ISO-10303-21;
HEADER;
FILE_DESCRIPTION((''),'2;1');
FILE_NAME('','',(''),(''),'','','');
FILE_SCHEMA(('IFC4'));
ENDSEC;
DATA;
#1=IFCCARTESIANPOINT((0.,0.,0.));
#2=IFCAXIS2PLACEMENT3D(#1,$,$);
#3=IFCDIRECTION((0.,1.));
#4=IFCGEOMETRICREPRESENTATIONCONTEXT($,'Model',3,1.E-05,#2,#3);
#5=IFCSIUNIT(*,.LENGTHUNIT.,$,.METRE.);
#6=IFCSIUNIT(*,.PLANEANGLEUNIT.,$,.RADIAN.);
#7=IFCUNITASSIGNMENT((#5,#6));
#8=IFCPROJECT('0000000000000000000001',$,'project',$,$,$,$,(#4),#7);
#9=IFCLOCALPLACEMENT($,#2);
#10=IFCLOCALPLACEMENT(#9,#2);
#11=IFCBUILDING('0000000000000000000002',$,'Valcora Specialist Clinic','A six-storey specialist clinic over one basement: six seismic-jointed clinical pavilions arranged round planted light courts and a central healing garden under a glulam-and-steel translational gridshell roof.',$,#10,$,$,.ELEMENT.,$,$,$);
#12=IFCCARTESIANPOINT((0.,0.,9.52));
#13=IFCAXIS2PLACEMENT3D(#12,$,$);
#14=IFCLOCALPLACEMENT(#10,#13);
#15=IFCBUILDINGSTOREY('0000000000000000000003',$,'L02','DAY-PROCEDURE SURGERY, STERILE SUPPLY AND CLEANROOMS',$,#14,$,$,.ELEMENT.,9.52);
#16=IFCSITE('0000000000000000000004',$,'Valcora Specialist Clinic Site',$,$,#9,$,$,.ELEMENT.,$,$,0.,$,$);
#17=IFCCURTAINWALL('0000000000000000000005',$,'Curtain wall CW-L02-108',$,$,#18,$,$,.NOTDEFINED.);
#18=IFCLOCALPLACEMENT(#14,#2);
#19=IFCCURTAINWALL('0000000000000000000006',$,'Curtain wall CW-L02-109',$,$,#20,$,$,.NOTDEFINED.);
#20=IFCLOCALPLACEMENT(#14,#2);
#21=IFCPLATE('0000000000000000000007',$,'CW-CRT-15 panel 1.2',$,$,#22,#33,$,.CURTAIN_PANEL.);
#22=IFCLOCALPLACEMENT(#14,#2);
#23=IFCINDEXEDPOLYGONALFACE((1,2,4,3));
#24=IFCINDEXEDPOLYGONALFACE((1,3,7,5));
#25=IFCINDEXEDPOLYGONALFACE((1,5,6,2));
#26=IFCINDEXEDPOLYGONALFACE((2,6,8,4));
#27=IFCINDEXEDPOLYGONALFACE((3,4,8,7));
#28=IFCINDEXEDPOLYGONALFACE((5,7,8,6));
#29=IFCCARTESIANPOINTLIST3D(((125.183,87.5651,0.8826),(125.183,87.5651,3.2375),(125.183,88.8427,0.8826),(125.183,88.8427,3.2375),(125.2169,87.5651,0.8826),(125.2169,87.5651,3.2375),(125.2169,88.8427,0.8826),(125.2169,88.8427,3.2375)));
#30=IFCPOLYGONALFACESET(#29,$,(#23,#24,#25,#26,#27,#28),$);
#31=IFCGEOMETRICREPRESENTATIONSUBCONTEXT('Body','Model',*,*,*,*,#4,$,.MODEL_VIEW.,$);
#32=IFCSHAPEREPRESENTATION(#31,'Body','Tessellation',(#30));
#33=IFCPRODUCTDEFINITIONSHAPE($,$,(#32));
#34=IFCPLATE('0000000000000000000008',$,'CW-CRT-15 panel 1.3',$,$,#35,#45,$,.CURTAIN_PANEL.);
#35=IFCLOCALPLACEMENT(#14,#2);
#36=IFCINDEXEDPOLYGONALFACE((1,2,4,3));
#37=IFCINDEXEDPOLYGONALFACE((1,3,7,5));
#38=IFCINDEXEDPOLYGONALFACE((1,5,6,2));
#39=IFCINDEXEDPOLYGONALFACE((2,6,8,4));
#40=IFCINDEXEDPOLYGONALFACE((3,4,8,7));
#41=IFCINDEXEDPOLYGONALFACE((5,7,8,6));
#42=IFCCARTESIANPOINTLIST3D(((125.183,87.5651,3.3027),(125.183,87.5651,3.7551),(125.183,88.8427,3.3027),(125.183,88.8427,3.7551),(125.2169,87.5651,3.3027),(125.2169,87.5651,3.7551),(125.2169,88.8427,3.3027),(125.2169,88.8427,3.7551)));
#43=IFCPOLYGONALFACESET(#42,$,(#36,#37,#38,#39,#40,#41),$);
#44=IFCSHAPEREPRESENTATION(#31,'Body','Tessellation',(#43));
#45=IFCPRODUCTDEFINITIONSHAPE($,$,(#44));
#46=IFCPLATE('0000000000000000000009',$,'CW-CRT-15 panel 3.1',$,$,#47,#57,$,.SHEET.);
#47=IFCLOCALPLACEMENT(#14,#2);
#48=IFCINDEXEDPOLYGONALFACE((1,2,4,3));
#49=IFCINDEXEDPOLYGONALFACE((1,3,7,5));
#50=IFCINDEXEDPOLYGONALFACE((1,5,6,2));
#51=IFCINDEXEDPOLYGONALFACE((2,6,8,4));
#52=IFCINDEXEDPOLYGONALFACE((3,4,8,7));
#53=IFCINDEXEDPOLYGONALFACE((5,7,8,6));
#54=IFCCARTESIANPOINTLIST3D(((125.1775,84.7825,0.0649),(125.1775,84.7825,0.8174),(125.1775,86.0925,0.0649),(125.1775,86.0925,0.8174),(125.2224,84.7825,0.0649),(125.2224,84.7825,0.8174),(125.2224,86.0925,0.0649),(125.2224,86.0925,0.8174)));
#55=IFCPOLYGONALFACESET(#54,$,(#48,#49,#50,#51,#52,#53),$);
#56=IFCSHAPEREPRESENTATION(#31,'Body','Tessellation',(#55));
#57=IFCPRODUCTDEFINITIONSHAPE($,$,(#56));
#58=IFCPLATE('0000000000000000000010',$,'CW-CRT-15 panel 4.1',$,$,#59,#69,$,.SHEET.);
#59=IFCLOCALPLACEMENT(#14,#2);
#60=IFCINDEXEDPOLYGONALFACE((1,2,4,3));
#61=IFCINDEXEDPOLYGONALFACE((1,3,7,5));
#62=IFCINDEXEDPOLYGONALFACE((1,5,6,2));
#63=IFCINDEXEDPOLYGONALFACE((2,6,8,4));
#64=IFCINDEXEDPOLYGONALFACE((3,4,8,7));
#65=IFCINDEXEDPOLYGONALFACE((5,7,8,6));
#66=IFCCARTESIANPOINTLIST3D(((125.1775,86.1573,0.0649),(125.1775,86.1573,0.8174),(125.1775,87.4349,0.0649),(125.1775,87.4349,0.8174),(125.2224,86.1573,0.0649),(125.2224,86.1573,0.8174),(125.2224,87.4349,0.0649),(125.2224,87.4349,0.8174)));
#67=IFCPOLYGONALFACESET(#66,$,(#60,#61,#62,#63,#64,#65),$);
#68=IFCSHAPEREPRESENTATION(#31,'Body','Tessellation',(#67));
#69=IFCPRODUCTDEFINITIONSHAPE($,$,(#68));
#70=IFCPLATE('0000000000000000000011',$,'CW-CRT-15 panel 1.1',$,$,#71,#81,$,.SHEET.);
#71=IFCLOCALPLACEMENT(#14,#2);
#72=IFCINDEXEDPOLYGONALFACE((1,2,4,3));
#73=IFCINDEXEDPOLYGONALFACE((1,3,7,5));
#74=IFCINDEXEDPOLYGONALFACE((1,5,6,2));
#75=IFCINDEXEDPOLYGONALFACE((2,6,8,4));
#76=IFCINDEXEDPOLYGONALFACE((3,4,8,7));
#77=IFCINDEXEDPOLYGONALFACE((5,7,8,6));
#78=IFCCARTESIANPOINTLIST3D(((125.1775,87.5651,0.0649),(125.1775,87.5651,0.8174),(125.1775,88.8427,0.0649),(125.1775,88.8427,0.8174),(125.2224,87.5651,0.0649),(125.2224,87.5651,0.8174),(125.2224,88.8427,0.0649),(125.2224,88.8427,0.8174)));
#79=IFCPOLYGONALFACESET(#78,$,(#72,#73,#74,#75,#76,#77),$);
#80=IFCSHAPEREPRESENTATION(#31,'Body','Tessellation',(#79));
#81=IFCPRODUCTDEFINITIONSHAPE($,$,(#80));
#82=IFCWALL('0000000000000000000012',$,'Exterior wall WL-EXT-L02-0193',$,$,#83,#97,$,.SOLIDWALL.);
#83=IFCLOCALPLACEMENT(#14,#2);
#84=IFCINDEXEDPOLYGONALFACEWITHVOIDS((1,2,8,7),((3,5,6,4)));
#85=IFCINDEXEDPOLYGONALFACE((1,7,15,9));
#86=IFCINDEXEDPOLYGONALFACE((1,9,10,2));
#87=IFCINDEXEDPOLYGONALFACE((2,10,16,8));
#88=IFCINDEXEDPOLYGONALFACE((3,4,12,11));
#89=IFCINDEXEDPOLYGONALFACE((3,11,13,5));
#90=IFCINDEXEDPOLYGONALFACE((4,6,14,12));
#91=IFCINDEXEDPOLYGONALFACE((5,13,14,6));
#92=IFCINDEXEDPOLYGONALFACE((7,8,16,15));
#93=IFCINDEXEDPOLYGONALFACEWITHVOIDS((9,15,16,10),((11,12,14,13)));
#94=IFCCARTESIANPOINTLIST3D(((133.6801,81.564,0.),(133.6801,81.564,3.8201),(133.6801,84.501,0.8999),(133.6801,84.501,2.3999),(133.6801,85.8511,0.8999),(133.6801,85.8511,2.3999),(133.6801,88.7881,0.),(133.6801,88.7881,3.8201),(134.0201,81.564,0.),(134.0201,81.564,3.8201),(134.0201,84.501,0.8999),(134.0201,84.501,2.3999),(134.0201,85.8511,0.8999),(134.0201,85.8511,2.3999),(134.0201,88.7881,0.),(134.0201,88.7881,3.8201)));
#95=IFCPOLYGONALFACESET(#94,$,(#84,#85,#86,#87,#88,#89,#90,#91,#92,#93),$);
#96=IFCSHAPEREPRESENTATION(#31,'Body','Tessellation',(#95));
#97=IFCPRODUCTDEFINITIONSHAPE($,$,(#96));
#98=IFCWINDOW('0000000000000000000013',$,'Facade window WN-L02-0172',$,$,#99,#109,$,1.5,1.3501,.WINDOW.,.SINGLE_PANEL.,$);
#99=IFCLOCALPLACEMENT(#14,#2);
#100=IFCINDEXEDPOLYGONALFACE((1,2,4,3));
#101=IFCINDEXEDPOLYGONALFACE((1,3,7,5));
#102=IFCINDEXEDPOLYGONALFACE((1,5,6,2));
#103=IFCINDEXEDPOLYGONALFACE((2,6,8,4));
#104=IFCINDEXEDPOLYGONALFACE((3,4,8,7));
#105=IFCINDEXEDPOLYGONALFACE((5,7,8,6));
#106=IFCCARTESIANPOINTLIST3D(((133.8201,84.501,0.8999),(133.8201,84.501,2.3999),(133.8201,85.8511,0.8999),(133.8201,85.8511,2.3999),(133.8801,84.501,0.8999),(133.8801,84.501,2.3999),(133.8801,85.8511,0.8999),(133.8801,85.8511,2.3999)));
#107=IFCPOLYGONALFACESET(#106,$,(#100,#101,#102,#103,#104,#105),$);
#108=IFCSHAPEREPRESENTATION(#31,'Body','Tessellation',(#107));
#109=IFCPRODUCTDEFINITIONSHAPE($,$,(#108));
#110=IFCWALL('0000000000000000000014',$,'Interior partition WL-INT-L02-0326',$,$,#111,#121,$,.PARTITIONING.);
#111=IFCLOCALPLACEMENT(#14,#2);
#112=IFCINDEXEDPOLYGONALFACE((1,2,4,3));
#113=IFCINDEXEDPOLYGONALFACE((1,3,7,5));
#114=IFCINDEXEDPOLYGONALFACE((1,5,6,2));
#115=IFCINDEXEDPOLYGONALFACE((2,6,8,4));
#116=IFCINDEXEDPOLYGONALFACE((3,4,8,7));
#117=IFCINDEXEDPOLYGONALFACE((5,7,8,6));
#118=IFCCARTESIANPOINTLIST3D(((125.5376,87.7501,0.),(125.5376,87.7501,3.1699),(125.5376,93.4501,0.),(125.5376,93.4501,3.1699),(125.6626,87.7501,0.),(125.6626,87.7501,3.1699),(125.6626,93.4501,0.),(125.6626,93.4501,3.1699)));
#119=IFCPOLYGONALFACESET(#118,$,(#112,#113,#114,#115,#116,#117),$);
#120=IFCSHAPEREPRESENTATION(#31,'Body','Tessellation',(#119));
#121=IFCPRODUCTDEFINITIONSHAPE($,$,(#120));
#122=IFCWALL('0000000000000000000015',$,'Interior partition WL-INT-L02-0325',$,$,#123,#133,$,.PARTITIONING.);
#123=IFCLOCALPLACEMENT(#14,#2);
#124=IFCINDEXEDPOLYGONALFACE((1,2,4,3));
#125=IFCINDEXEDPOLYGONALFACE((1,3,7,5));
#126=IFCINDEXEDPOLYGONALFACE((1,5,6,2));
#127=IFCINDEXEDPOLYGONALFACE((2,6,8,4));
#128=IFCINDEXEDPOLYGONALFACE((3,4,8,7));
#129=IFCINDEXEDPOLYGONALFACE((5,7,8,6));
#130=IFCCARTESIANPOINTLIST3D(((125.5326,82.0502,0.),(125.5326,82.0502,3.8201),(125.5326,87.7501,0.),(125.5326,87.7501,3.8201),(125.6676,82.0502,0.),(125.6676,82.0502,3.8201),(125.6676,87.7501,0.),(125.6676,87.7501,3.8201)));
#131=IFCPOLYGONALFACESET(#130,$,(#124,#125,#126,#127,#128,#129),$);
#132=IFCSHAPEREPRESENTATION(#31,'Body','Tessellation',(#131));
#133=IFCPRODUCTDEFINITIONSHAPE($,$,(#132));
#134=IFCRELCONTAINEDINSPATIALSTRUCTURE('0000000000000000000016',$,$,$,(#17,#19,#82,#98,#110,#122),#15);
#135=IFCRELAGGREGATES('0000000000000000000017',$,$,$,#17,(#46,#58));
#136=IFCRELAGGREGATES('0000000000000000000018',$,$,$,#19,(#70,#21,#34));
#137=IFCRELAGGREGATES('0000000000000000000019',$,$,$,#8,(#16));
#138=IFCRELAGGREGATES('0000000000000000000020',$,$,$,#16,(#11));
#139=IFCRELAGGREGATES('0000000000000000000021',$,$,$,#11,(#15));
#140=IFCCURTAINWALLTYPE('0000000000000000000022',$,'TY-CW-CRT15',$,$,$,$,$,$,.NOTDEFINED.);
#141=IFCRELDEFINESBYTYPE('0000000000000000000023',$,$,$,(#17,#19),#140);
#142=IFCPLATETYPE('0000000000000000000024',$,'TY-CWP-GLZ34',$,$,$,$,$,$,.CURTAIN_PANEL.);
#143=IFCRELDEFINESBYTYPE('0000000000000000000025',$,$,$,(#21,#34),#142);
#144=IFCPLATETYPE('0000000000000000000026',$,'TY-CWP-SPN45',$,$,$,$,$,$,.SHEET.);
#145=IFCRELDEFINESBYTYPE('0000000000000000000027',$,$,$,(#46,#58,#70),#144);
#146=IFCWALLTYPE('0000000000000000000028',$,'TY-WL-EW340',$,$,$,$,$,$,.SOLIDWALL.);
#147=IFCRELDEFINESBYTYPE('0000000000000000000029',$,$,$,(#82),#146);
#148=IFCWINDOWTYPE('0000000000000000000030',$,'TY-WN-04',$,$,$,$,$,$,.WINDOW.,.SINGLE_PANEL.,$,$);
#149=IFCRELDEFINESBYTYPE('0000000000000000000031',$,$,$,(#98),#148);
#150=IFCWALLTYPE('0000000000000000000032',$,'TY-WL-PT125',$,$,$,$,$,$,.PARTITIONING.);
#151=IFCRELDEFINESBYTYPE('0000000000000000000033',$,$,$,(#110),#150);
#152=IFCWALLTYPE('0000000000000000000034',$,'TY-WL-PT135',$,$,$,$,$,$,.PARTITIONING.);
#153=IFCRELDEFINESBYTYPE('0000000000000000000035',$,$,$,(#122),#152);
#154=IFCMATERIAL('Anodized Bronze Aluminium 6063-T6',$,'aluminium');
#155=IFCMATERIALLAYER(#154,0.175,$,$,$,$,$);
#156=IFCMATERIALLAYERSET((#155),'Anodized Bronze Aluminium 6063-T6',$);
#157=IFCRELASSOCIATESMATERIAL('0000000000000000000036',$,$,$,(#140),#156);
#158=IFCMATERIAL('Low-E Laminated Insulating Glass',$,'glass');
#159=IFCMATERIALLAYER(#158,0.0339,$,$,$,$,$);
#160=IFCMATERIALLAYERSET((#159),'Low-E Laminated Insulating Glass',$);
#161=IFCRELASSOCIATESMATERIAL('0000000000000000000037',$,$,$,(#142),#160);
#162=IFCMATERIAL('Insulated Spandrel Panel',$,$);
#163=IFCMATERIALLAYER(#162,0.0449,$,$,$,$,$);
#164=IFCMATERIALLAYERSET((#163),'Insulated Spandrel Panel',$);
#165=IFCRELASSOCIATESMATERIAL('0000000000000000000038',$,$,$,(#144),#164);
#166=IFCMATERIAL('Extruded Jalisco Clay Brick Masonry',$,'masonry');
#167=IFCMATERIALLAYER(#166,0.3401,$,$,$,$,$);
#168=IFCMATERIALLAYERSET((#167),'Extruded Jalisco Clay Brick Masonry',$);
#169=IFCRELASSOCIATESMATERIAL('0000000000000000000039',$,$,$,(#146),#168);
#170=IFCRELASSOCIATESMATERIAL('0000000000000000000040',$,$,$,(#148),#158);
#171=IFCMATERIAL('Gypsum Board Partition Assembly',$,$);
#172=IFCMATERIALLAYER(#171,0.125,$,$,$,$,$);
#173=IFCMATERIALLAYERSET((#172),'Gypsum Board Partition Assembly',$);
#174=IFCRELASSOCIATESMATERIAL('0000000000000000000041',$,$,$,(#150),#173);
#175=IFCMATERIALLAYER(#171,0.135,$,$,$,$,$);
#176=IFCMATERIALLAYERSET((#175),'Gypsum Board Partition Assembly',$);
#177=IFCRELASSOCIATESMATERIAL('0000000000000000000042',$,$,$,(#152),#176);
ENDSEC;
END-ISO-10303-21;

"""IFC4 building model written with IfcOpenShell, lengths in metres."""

from ifc_helpers import new_model, si_unit, direction, frame, frame_2d, origin, origin_2d, place, context, subcontext, project, spatial, rectangle, extrude, material, layer, layer_set, type_object, element, fill, aggregate, save


model = new_model("IFC4")

# Units and contexts
model_context = context("Model", 3, precision=1e-05, world=origin(), true_north=direction((0.0, 1.0)))
body_context = subcontext(model_context, "Body", "Model", "MODEL_VIEW")
ifc_project = project(units=[si_unit("LENGTHUNIT", "METRE"), si_unit("PLANEANGLEUNIT", "RADIAN")], contexts=[model_context])

# Site, building, storey
site_placement = place(None, origin())
site = spatial("IfcSite", under=ifc_project, at=site_placement, Name="Valcora Specialist Clinic Site", CompositionType="ELEMENT", RefElevation=0.0)
building_placement = place(site_placement, origin())
building = spatial("IfcBuilding", under=site, at=building_placement, Name="Valcora Specialist Clinic", Description="A six-storey specialist clinic over one basement: six seismic-jointed clinical pavilions arranged round planted light courts and a central healing garden under a glulam-and-steel translational gridshell roof.", CompositionType="ELEMENT")
storey_placement = place(building_placement, frame((0.0, 0.0, 9.52)))
storey = spatial("IfcBuildingStorey", under=building, at=storey_placement, Name="L02", Description="DAY-PROCEDURE SURGERY, STERILE SUPPLY AND CLEANROOMS", CompositionType="ELEMENT", Elevation=9.52)

# Curtain walls
ifc_material_1 = material(Name="Anodized Bronze Aluminium 6063-T6", Category="aluminium")
ifc_layer_1 = layer(ifc_material_1, 0.175)
ifc_layer_set_1 = layer_set([ifc_layer_1], Name="Anodized Bronze Aluminium 6063-T6")
curtain_wall_type = type_object("IfcCurtainWallType", Name="TY-CW-CRT15", PredefinedType="NOTDEFINED", material=ifc_layer_set_1)
curtain_wall_1_placement = place(storey_placement, origin())
curtain_wall_1 = element("IfcCurtainWall", 1, at=curtain_wall_1_placement, inside=storey, type_object=curtain_wall_type, Name="Curtain wall CW-L02-108", PredefinedType="NOTDEFINED")
curtain_wall_2_placement = place(storey_placement, origin())
curtain_wall_2 = element("IfcCurtainWall", 2, at=curtain_wall_2_placement, inside=storey, type_object=curtain_wall_type, Name="Curtain wall CW-L02-109", PredefinedType="NOTDEFINED")

# Plates
ifc_material_2 = material(Name="Low-E Laminated Insulating Glass", Category="glass")
ifc_layer_2 = layer(ifc_material_2, 0.0339)
ifc_layer_set_2 = layer_set([ifc_layer_2], Name="Low-E Laminated Insulating Glass")
plate_type_1 = type_object("IfcPlateType", Name="TY-CWP-GLZ34", PredefinedType="CURTAIN_PANEL", material=ifc_layer_set_2)
plate_1_placement = place(storey_placement, frame((125.2, 88.2039, 0.8826), z_axis=(0.0, 0.0, 1.0), x_axis=(0.0, 1.0, 0.0)))
plate_1 = element("IfcPlate", 3, at=plate_1_placement, type_object=plate_type_1, Name="CW-CRT-15 panel 1.2", PredefinedType="CURTAIN_PANEL", context=body_context, shape_type="SweptSolid", body=[
    extrude(rectangle(XDim=1.2776, YDim=0.0339, at=origin_2d()), origin(), (0.0, 0.0, 1.0), 2.355),
])
plate_2_placement = place(storey_placement, frame((125.2, 88.2039, 3.3027), z_axis=(0.0, 0.0, 1.0), x_axis=(0.0, 1.0, 0.0)))
plate_2 = element("IfcPlate", 4, at=plate_2_placement, type_object=plate_type_1, Name="CW-CRT-15 panel 1.3", PredefinedType="CURTAIN_PANEL", context=body_context, shape_type="SweptSolid", body=[
    extrude(rectangle(XDim=1.2776, YDim=0.0339, at=origin_2d()), origin(), (0.0, 0.0, 1.0), 0.4524),
])
ifc_material_3 = material(Name="Insulated Spandrel Panel")
ifc_layer_3 = layer(ifc_material_3, 0.0449)
ifc_layer_set_3 = layer_set([ifc_layer_3], Name="Insulated Spandrel Panel")
plate_type_2 = type_object("IfcPlateType", Name="TY-CWP-SPN45", PredefinedType="SHEET", material=ifc_layer_set_3)
plate_3_placement = place(storey_placement, frame((125.2, 85.4375, 0.0649), z_axis=(0.0, 0.0, 1.0), x_axis=(0.0, 1.0, 0.0)))
plate_3 = element("IfcPlate", 5, at=plate_3_placement, type_object=plate_type_2, Name="CW-CRT-15 panel 3.1", PredefinedType="SHEET", context=body_context, shape_type="SweptSolid", body=[
    extrude(rectangle(XDim=1.3101, YDim=0.0449, at=origin_2d()), origin(), (0.0, 0.0, 1.0), 0.7524),
])
plate_4_placement = place(storey_placement, frame((125.2, 86.7961, 0.0649), z_axis=(0.0, 0.0, 1.0), x_axis=(0.0, 1.0, 0.0)))
plate_4 = element("IfcPlate", 6, at=plate_4_placement, type_object=plate_type_2, Name="CW-CRT-15 panel 4.1", PredefinedType="SHEET", context=body_context, shape_type="SweptSolid", body=[
    extrude(rectangle(XDim=1.2776, YDim=0.0449, at=origin_2d()), origin(), (0.0, 0.0, 1.0), 0.7524),
])
aggregate(curtain_wall_1, [plate_3, plate_4])
plate_5_placement = place(storey_placement, frame((125.2, 88.2039, 0.0649), z_axis=(0.0, 0.0, 1.0), x_axis=(0.0, 1.0, 0.0)))
plate_5 = element("IfcPlate", 7, at=plate_5_placement, type_object=plate_type_2, Name="CW-CRT-15 panel 1.1", PredefinedType="SHEET", context=body_context, shape_type="SweptSolid", body=[
    extrude(rectangle(XDim=1.2776, YDim=0.0449, at=origin_2d()), origin(), (0.0, 0.0, 1.0), 0.7524),
])
aggregate(curtain_wall_2, [plate_5, plate_1, plate_2])

# Wall, opening, window
ifc_material_4 = material(Name="Extruded Jalisco Clay Brick Masonry", Category="masonry")
ifc_layer_4 = layer(ifc_material_4, 0.3401)
ifc_layer_set_4 = layer_set([ifc_layer_4], Name="Extruded Jalisco Clay Brick Masonry")
wall_type_1 = type_object("IfcWallType", Name="TY-WL-EW340", PredefinedType="SOLIDWALL", material=ifc_layer_set_4)
wall_1_placement = place(storey_placement, frame((133.8501, 88.7881, 0.0), z_axis=(0.0, 0.0, 1.0), x_axis=(0.0, -1.0, 0.0)))
wall_1 = element("IfcWall", 8, at=wall_1_placement, inside=storey, type_object=wall_type_1, Name="Exterior wall WL-EXT-L02-0193", PredefinedType="SOLIDWALL", context=body_context, shape_type="SweptSolid", body=[
    extrude(rectangle(XDim=7.2241, YDim=0.3401, at=frame_2d((3.6121, 0.0))), origin(), (0.0, 0.0, 1.0), 3.8201),
])
opening_placement = place(wall_1_placement, frame((2.937, 0.0, 0.8999)))
opening = element("IfcOpeningElement", 9, at=opening_placement, cuts=wall_1, PredefinedType="OPENING", context=body_context, shape_type="SweptSolid", body=[
    extrude(rectangle(XDim=1.3501, YDim=1.5, at=frame_2d((0.675, 0.75))), frame((0.0, 0.1799, 0.0), z_axis=(0.0, -1.0, 0.0), x_axis=(1.0, 0.0, 0.0)), (0.0, 0.0, 1.0), 0.3601),
])
window_type = type_object("IfcWindowType", Name="TY-WN-04", PartitioningType="SINGLE_PANEL", PredefinedType="WINDOW", material=ifc_material_2)
window_placement = place(opening_placement, origin())
window = element("IfcWindow", 10, at=window_placement, inside=storey, type_object=window_type, Name="Facade window WN-L02-0172", OverallHeight=1.5, OverallWidth=1.3501, PartitioningType="SINGLE_PANEL", PredefinedType="WINDOW", context=body_context, shape_type="SweptSolid", body=[
    extrude(rectangle(XDim=1.3501, YDim=1.5, at=frame_2d((0.675, 0.75))), frame((0.0, 0.03, 0.0), z_axis=(0.0, -1.0, 0.0), x_axis=(1.0, 0.0, 0.0)), (0.0, 0.0, 1.0), 0.0601),
])
fill(opening, window)

# Walls
ifc_material_5 = material(Name="Gypsum Board Partition Assembly")
ifc_layer_5 = layer(ifc_material_5, 0.125)
ifc_layer_set_5 = layer_set([ifc_layer_5], Name="Gypsum Board Partition Assembly")
wall_type_2 = type_object("IfcWallType", Name="TY-WL-PT125", PredefinedType="PARTITIONING", material=ifc_layer_set_5)
wall_2_placement = place(storey_placement, frame((125.6001, 87.75, 0.0), z_axis=(0.0, 0.0, 1.0), x_axis=(0.0, 1.0, 0.0)))
element("IfcWall", 11, at=wall_2_placement, inside=storey, type_object=wall_type_2, Name="Interior partition WL-INT-L02-0326", PredefinedType="PARTITIONING", context=body_context, shape_type="SweptSolid", body=[
    extrude(rectangle(XDim=5.7, YDim=0.125, at=frame_2d((2.8501, 0.0))), origin(), (0.0, 0.0, 1.0), 3.1699),
])
ifc_layer_6 = layer(ifc_material_5, 0.135)
ifc_layer_set_6 = layer_set([ifc_layer_6], Name="Gypsum Board Partition Assembly")
wall_type_3 = type_object("IfcWallType", Name="TY-WL-PT135", PredefinedType="PARTITIONING", material=ifc_layer_set_6)
wall_3_placement = place(storey_placement, frame((125.6001, 82.05, 0.0), z_axis=(0.0, 0.0, 1.0), x_axis=(0.0, 1.0, 0.0)))
element("IfcWall", 12, at=wall_3_placement, inside=storey, type_object=wall_type_3, Name="Interior partition WL-INT-L02-0325", PredefinedType="PARTITIONING", context=body_context, shape_type="SweptSolid", body=[
    extrude(rectangle(XDim=5.7, YDim=0.135, at=frame_2d((2.8501, 0.0))), origin(), (0.0, 0.0, 1.0), 3.8201),
])

save(model, "model.ifc")
